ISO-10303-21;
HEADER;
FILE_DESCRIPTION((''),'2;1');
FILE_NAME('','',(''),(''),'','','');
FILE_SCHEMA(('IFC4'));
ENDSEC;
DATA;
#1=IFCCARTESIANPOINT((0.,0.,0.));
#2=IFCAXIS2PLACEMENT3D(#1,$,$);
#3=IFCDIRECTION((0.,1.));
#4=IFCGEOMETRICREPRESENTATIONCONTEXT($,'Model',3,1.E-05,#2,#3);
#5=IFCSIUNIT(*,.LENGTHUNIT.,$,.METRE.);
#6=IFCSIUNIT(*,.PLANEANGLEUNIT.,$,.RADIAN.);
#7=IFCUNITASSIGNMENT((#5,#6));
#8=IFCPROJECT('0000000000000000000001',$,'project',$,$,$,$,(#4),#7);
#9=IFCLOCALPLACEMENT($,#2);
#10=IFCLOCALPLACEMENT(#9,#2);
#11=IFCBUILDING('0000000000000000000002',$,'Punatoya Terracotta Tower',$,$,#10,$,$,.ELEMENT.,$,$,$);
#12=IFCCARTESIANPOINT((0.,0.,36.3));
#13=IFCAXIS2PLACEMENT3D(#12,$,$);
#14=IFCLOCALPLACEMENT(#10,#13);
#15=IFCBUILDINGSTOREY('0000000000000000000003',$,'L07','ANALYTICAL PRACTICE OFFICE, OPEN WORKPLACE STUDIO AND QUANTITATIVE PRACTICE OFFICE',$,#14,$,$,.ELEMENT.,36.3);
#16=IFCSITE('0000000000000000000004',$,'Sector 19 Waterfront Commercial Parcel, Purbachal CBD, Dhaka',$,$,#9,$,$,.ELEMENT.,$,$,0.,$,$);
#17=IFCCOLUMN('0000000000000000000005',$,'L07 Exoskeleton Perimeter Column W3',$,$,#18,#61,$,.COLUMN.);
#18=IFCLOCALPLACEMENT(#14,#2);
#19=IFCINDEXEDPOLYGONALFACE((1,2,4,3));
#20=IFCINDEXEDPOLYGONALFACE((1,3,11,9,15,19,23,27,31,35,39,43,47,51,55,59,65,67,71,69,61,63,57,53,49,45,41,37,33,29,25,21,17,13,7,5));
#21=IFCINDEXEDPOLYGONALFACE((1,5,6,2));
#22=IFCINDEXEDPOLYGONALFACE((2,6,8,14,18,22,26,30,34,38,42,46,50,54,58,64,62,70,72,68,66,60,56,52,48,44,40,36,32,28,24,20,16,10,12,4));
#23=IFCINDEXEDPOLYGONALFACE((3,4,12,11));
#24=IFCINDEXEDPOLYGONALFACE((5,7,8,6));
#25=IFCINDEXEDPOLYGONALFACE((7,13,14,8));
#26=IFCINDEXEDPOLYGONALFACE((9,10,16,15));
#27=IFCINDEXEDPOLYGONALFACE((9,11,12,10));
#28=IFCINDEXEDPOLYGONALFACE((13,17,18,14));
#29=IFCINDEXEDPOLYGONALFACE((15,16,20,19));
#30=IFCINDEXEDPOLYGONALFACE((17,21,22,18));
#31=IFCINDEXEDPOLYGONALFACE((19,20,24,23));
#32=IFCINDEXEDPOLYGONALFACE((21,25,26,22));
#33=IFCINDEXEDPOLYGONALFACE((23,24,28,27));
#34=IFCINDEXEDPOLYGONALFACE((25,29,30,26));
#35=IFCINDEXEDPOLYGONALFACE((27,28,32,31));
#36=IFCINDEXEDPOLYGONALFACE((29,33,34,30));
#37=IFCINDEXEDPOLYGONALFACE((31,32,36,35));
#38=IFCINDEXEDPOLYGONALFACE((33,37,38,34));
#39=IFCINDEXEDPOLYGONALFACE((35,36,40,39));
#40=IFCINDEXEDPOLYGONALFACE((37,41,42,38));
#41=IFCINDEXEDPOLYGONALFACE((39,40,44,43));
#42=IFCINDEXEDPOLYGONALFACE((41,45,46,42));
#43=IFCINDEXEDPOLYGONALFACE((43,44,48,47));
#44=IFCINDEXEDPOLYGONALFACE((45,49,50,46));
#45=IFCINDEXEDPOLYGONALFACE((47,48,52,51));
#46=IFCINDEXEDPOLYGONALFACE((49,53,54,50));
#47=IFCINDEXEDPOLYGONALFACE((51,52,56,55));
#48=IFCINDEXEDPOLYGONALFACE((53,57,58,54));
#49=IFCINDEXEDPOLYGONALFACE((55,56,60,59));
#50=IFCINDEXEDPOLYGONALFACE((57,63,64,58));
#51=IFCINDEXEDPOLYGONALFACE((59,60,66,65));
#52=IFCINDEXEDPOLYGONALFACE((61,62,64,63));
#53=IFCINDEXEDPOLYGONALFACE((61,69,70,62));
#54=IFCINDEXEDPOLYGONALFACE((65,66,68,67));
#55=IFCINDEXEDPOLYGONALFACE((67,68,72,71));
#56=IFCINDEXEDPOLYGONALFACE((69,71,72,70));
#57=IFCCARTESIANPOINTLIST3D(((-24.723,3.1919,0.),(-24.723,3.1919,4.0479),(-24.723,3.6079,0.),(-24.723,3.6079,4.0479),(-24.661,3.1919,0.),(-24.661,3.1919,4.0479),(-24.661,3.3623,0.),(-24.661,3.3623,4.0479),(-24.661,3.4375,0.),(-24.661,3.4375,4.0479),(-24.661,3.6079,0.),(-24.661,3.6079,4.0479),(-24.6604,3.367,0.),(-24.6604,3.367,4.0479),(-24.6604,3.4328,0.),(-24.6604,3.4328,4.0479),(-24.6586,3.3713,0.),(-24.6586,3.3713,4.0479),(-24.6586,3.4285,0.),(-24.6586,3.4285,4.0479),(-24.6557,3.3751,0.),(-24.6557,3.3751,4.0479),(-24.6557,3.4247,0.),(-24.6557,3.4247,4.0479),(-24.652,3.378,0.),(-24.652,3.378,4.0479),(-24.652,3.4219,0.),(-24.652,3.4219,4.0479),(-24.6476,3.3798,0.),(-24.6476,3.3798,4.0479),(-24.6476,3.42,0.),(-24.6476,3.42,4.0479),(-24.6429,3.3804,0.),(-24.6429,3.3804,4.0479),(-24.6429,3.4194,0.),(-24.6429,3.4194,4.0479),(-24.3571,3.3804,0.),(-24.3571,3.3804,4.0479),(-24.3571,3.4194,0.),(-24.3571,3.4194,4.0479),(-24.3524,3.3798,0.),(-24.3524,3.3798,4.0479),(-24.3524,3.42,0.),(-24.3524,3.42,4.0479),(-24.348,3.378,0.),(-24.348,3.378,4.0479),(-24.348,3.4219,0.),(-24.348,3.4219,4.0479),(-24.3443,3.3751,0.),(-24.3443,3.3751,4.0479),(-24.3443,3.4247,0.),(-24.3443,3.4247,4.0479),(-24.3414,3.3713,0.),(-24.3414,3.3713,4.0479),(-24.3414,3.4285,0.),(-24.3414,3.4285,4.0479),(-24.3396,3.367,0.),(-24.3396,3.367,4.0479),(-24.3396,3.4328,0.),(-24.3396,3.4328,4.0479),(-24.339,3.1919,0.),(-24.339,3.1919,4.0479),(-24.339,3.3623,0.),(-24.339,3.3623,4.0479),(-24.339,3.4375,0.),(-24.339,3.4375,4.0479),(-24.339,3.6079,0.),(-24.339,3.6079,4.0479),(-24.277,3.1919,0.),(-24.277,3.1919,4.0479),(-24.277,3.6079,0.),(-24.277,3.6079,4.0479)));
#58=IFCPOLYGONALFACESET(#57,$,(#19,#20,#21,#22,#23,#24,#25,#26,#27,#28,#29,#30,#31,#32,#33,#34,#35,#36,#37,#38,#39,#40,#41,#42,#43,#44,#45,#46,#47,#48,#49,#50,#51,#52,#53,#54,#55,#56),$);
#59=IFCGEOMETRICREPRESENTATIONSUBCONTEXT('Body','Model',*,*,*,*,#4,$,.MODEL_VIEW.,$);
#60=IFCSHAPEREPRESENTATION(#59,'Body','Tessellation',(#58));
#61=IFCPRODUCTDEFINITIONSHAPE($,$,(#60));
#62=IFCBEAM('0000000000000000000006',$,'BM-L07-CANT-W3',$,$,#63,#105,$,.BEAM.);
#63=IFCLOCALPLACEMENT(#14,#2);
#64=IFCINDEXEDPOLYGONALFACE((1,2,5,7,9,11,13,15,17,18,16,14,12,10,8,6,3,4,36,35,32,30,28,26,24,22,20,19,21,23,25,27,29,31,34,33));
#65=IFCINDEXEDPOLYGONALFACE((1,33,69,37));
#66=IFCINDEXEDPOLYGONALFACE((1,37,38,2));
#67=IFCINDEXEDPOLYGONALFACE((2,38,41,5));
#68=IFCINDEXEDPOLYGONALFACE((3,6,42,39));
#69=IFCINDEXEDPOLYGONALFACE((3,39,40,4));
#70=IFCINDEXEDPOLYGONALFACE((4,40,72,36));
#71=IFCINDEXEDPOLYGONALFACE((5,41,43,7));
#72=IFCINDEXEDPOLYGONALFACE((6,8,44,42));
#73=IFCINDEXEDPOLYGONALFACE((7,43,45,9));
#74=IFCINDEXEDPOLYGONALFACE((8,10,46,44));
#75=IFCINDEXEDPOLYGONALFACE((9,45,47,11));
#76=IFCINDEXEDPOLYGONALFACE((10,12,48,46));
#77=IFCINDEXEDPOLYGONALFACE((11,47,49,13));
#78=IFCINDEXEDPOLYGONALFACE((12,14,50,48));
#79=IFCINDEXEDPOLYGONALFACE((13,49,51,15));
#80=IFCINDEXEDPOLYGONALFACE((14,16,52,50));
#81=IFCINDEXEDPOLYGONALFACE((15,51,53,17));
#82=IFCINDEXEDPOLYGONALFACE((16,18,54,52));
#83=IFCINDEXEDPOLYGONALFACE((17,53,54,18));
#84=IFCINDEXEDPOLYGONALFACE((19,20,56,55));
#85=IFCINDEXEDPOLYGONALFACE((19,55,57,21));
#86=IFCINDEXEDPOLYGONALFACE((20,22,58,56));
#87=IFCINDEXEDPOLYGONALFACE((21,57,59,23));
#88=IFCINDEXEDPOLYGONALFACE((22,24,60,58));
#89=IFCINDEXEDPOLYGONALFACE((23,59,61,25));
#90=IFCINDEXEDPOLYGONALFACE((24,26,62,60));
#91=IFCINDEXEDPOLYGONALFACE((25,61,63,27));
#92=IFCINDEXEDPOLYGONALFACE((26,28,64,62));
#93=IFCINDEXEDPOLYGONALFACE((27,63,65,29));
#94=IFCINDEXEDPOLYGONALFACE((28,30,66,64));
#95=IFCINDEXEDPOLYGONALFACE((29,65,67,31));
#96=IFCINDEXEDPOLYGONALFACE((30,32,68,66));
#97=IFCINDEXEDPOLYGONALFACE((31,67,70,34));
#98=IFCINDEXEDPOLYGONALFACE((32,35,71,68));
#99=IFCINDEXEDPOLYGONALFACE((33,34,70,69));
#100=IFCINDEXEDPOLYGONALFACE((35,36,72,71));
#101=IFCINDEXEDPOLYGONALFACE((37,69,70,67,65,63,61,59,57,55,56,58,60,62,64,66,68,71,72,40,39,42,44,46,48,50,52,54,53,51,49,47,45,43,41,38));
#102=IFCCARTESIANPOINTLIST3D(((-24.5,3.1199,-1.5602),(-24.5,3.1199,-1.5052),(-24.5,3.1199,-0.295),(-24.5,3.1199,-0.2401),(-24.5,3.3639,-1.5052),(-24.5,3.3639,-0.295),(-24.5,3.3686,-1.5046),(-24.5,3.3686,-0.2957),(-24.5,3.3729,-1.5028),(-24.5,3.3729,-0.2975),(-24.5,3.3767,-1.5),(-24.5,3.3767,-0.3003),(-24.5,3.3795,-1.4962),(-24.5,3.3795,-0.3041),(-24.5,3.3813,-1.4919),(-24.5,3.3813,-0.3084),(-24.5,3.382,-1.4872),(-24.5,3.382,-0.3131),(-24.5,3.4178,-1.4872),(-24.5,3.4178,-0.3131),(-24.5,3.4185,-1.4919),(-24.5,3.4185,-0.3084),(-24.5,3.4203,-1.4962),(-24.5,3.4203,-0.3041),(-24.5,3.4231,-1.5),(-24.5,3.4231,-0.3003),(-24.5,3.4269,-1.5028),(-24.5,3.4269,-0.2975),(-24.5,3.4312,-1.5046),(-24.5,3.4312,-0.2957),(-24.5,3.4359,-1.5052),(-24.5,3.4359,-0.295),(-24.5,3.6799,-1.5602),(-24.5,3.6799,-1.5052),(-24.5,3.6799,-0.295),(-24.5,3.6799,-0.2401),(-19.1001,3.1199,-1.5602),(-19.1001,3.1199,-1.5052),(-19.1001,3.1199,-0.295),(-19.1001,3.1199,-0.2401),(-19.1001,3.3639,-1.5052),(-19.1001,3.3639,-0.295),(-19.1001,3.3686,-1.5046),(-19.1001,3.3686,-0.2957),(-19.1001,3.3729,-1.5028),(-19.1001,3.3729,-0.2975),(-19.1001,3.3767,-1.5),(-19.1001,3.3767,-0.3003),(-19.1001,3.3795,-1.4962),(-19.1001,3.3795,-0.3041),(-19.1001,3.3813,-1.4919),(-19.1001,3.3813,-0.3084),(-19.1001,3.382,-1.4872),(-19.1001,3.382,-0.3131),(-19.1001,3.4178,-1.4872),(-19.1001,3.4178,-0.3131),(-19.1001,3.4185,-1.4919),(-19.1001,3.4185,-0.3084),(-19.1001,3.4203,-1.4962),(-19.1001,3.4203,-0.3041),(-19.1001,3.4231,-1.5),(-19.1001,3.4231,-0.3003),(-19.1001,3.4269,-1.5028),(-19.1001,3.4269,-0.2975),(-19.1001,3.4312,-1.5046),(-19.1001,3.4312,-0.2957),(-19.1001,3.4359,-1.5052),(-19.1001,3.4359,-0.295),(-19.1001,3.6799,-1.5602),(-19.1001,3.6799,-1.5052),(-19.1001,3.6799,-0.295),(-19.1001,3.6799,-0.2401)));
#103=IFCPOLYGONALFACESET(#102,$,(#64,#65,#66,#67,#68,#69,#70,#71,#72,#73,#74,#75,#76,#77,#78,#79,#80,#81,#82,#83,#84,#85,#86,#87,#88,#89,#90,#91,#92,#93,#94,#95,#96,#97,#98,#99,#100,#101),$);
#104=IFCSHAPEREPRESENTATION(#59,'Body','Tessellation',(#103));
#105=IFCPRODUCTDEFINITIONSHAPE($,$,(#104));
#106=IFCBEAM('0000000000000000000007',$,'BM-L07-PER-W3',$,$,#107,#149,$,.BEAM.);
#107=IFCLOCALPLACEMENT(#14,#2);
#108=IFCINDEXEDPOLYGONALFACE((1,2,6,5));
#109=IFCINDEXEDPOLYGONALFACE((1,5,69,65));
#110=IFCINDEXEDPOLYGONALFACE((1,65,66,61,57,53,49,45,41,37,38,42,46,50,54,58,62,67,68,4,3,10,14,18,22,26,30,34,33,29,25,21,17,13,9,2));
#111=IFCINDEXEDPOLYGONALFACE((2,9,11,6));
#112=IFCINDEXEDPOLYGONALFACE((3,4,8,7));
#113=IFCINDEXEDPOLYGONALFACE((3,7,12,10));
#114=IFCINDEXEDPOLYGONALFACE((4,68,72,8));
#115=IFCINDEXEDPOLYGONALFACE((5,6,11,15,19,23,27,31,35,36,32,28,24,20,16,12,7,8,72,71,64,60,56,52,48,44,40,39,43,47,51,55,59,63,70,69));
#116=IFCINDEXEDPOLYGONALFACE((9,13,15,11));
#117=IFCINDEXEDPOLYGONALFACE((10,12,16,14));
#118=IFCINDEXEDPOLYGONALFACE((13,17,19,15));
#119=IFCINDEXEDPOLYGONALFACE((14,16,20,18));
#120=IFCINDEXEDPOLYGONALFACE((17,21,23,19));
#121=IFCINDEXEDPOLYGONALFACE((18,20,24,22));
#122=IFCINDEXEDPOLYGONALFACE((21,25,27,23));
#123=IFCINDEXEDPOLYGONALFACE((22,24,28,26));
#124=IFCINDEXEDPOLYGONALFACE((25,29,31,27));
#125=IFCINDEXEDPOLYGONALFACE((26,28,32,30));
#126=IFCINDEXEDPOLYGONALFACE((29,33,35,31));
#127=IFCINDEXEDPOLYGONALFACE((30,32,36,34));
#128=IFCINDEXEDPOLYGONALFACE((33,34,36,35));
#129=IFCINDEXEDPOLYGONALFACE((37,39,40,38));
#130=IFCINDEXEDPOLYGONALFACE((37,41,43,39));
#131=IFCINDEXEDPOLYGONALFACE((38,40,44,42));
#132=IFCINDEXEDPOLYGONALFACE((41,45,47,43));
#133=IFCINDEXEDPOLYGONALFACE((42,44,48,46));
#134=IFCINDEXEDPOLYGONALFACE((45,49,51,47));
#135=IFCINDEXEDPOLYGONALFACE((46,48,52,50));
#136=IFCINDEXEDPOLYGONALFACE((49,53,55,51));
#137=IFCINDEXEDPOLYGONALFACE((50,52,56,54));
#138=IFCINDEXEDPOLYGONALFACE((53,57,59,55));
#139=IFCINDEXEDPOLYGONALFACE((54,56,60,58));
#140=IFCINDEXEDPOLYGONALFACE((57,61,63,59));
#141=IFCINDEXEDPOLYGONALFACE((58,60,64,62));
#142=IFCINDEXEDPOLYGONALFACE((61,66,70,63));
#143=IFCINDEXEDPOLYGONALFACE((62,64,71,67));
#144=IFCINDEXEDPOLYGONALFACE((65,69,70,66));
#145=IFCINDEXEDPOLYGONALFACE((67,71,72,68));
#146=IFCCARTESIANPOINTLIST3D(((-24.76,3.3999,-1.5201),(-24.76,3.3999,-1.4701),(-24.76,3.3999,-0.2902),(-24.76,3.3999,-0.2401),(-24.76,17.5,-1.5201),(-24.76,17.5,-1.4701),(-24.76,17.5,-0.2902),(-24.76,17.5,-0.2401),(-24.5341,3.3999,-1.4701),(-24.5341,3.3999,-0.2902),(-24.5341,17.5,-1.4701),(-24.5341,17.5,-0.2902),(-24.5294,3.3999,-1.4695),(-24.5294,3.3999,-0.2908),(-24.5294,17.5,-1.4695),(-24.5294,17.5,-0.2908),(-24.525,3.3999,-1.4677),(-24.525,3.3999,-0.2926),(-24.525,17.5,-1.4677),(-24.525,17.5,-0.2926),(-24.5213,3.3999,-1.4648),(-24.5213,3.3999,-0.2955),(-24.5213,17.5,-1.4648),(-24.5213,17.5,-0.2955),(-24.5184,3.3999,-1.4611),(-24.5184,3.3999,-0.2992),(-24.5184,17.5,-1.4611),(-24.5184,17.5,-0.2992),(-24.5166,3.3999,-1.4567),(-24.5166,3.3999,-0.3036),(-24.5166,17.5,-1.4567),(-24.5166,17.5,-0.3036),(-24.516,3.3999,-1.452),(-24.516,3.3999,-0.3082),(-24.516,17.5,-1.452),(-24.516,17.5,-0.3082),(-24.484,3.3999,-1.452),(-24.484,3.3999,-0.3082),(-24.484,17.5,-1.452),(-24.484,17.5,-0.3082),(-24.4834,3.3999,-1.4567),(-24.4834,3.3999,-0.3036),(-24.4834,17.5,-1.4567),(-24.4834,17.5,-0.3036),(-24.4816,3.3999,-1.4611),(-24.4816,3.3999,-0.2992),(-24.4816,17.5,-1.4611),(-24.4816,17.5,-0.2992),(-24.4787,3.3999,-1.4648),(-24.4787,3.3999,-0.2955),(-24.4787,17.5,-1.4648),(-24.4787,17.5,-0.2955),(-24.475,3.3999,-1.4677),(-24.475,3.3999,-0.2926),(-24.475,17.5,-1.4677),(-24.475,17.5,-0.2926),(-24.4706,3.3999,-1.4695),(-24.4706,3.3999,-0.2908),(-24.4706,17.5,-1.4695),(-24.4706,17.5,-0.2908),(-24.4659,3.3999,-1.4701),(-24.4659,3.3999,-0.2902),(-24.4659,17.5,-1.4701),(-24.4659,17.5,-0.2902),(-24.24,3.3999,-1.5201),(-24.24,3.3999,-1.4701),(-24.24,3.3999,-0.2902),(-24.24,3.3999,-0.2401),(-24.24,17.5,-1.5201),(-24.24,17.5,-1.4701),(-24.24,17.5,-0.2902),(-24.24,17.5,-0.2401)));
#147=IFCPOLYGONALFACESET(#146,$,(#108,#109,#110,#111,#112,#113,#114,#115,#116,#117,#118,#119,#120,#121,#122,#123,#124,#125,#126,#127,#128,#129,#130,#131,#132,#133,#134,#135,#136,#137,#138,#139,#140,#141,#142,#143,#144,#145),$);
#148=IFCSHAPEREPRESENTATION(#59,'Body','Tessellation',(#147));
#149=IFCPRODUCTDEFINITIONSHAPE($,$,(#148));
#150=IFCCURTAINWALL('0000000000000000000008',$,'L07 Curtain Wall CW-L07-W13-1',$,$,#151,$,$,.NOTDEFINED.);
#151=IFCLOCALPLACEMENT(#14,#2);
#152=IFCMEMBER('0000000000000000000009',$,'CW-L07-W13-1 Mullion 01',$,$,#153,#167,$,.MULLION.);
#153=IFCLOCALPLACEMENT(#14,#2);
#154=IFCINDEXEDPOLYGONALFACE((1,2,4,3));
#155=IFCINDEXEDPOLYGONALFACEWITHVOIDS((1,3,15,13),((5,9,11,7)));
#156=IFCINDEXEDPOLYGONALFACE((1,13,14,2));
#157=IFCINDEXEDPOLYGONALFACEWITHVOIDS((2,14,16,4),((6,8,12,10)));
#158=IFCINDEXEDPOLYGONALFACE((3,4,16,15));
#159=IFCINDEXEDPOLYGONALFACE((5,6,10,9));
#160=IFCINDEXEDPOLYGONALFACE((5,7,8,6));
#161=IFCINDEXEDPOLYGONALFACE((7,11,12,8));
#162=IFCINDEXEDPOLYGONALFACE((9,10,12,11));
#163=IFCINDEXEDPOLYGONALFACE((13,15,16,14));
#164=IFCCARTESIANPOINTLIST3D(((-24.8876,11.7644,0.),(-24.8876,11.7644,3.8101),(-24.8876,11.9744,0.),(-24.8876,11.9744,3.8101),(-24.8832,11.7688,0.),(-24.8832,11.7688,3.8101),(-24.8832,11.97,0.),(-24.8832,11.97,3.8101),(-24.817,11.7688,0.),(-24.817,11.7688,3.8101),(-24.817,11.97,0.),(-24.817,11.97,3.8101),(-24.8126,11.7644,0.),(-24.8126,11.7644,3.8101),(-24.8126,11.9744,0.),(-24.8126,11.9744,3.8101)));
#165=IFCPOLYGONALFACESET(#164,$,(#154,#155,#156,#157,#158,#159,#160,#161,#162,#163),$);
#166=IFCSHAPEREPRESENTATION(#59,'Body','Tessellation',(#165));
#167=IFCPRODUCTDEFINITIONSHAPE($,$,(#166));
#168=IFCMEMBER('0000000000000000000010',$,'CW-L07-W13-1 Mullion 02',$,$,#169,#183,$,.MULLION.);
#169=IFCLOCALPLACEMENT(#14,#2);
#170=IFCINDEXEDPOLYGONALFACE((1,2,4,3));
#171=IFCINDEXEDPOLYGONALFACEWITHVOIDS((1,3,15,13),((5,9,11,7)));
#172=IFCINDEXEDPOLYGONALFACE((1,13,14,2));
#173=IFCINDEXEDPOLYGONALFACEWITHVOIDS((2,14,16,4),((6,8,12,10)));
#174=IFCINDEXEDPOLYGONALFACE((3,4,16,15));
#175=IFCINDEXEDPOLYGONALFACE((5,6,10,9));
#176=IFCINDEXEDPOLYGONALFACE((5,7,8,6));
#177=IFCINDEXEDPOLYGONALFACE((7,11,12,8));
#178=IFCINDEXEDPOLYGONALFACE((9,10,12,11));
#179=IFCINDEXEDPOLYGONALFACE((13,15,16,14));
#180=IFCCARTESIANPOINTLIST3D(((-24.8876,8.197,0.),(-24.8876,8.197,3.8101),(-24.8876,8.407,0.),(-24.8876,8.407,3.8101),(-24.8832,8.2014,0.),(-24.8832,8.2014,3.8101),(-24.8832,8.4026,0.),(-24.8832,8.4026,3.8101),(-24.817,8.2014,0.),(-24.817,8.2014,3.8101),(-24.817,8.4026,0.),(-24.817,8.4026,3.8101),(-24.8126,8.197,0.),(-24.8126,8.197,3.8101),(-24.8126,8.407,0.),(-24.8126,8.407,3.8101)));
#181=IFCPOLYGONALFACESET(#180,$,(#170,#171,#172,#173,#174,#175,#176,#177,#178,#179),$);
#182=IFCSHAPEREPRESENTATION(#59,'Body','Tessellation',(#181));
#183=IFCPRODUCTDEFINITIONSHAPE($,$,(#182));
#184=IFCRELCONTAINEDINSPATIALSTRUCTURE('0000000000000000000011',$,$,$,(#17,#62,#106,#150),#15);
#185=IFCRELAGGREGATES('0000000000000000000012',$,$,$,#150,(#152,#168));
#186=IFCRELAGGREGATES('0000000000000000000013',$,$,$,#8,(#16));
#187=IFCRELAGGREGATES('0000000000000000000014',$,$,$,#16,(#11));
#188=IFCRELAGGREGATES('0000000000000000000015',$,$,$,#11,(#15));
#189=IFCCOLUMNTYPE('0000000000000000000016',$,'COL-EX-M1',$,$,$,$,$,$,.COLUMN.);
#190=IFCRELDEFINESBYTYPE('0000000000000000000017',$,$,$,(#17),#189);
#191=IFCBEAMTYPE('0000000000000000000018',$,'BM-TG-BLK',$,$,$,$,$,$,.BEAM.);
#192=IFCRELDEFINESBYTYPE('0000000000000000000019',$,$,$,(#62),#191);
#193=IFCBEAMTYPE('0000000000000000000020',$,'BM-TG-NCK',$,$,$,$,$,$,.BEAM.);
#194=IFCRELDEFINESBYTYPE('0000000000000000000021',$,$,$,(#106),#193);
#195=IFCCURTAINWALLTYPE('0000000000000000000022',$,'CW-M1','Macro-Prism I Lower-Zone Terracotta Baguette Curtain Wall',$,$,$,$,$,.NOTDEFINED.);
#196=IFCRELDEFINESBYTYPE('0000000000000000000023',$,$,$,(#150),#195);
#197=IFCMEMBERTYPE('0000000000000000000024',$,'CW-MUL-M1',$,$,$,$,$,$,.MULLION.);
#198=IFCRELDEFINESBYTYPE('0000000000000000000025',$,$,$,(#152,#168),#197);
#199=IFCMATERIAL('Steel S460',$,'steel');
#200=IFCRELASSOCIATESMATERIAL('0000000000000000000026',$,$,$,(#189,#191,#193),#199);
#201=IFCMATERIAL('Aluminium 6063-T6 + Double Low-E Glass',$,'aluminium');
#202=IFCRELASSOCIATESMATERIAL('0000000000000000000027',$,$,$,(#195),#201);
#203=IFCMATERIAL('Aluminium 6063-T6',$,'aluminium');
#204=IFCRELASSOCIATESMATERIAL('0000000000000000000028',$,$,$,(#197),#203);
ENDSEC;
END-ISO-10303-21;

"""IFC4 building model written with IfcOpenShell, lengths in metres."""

from ifc_helpers import new_model, si_unit, direction, frame, origin, origin_2d, place, context, subcontext, project, spatial, hollow_rectangle, i_section, extrude, material, material_profile, profile_set, type_object, element, aggregate, save


model = new_model("IFC4")

# Units and contexts
model_context = context("Model", 3, precision=1e-05, world=origin(), true_north=direction((0.0, 1.0)))
body_context = subcontext(model_context, "Body", "Model", "MODEL_VIEW")
ifc_project = project(units=[si_unit("LENGTHUNIT", "METRE"), si_unit("PLANEANGLEUNIT", "RADIAN")], contexts=[model_context])

# Site, building, storey
site_placement = place(None, origin())
site = spatial("IfcSite", under=ifc_project, at=site_placement, Name="Sector 19 Waterfront Commercial Parcel, Purbachal CBD, Dhaka", CompositionType="ELEMENT", RefElevation=0.0)
building_placement = place(site_placement, origin())
building = spatial("IfcBuilding", under=site, at=building_placement, Name="Punatoya Terracotta Tower", CompositionType="ELEMENT")
storey_placement = place(building_placement, frame((0.0, 0.0, 36.3)))
storey = spatial("IfcBuildingStorey", under=building, at=storey_placement, Name="L07", Description="ANALYTICAL PRACTICE OFFICE, OPEN WORKPLACE STUDIO AND QUANTITATIVE PRACTICE OFFICE", CompositionType="ELEMENT", Elevation=36.3)

# Column
ifc_material_1 = material(Name="Steel S460", Category="steel")
ifc_material_profile_1 = material_profile(ifc_material_1, i_section(OverallWidth=0.416, OverallDepth=0.446, WebThickness=0.0391, FlangeThickness=0.062, FilletRadius=0.0181, at=origin_2d()))
ifc_profile_set_1 = profile_set([ifc_material_profile_1], Name="Steel S460")
column_type = type_object("IfcColumnType", Name="COL-EX-M1", PredefinedType="COLUMN", material=ifc_profile_set_1)
column_placement = place(storey_placement, frame((-24.5, 3.3999, 0.0), z_axis=(0.0, 0.0, 1.0), x_axis=(0.0, 1.0, 0.0)))
element("IfcColumn", 1, at=column_placement, inside=storey, type_object=column_type, Name="L07 Exoskeleton Perimeter Column W3", PredefinedType="COLUMN", context=body_context, shape_type="SweptSolid", body=[
    extrude(i_section(OverallWidth=0.416, OverallDepth=0.446, WebThickness=0.0391, FlangeThickness=0.062, FilletRadius=0.0181, at=origin_2d()), origin(), (0.0, 0.0, 1.0), 4.0479),
])

# Beams
ifc_material_profile_2 = material_profile(ifc_material_1, i_section(OverallWidth=0.5601, OverallDepth=1.3201, WebThickness=0.0359, FlangeThickness=0.0549, FilletRadius=0.0181, at=origin_2d()))
ifc_profile_set_2 = profile_set([ifc_material_profile_2], Name="Steel S460")
beam_type_1 = type_object("IfcBeamType", Name="BM-TG-BLK", PredefinedType="BEAM", material=ifc_profile_set_2)
beam_1_placement = place(storey_placement, frame((-24.5, 3.3999, -0.9001), z_axis=(1.0, 0.0, 0.0), x_axis=(0.0, 1.0, 0.0)))
element("IfcBeam", 2, at=beam_1_placement, inside=storey, type_object=beam_type_1, Name="BM-L07-CANT-W3", PredefinedType="BEAM", context=body_context, shape_type="SweptSolid", body=[
    extrude(i_section(OverallWidth=0.5601, OverallDepth=1.3201, WebThickness=0.0359, FlangeThickness=0.0549, FilletRadius=0.0181, at=origin_2d()), origin(), (0.0, 0.0, 1.0), 5.3999),
])
ifc_material_profile_3 = material_profile(ifc_material_1, i_section(OverallWidth=0.52, OverallDepth=1.28, WebThickness=0.032, FlangeThickness=0.05, FilletRadius=0.0181, at=origin_2d()))
ifc_profile_set_3 = profile_set([ifc_material_profile_3], Name="Steel S460")
beam_type_2 = type_object("IfcBeamType", Name="BM-TG-NCK", PredefinedType="BEAM", material=ifc_profile_set_3)
beam_2_placement = place(storey_placement, frame((-24.5, 3.3999, -0.8801), z_axis=(0.0, 1.0, 0.0), x_axis=(-1.0, 0.0, 0.0)))
element("IfcBeam", 3, at=beam_2_placement, inside=storey, type_object=beam_type_2, Name="BM-L07-PER-W3", PredefinedType="BEAM", context=body_context, shape_type="SweptSolid", body=[
    extrude(i_section(OverallWidth=0.52, OverallDepth=1.28, WebThickness=0.032, FlangeThickness=0.05, FilletRadius=0.0181, at=origin_2d()), origin(), (0.0, 0.0, 1.0), 14.1001),
])

# Curtain wall, members
ifc_material_2 = material(Name="Aluminium 6063-T6 + Double Low-E Glass", Category="aluminium")
curtain_wall_type = type_object("IfcCurtainWallType", Name="CW-M1", Description="Macro-Prism I Lower-Zone Terracotta Baguette Curtain Wall", PredefinedType="NOTDEFINED", material=ifc_material_2)
curtain_wall_placement = place(storey_placement, origin())
curtain_wall = element("IfcCurtainWall", 4, at=curtain_wall_placement, inside=storey, type_object=curtain_wall_type, Name="L07 Curtain Wall CW-L07-W13-1", PredefinedType="NOTDEFINED")
ifc_material_3 = material(Name="Aluminium 6063-T6", Category="aluminium")
ifc_material_profile_4 = material_profile(ifc_material_3, hollow_rectangle(XDim=0.075, YDim=0.21, WallThickness=0.0044, at=origin_2d()))
ifc_profile_set_4 = profile_set([ifc_material_profile_4], Name="Aluminium 6063-T6")
member_type_1 = type_object("IfcMemberType", Name="CW-MUL-M1", PredefinedType="MULLION", material=ifc_profile_set_4)
member_1_placement = place(storey_placement, frame((-24.8501, 11.8694, 0.0), z_axis=(0.0, 0.0, 1.0), x_axis=(1.0, 0.0, 0.0)))
member_1 = element("IfcMember", 5, at=member_1_placement, type_object=member_type_1, Name="CW-L07-W13-1 Mullion 01", PredefinedType="MULLION", context=body_context, shape_type="SweptSolid", body=[
    extrude(hollow_rectangle(XDim=0.075, YDim=0.21, WallThickness=0.0044, at=origin_2d()), origin(), (0.0, 0.0, 1.0), 3.8101),
])
member_2_placement = place(storey_placement, frame((-24.8501, 8.302, 0.0), z_axis=(0.0, 0.0, 1.0), x_axis=(1.0, 0.0, 0.0)))
member_2 = element("IfcMember", 6, at=member_2_placement, type_object=member_type_1, Name="CW-L07-W13-1 Mullion 02", PredefinedType="MULLION", context=body_context, shape_type="SweptSolid", body=[
    extrude(hollow_rectangle(XDim=0.075, YDim=0.21, WallThickness=0.0044, at=origin_2d()), origin(), (0.0, 0.0, 1.0), 3.8101),
])

aggregate(curtain_wall, [member_1, member_2])

save(model, "model.ifc")
